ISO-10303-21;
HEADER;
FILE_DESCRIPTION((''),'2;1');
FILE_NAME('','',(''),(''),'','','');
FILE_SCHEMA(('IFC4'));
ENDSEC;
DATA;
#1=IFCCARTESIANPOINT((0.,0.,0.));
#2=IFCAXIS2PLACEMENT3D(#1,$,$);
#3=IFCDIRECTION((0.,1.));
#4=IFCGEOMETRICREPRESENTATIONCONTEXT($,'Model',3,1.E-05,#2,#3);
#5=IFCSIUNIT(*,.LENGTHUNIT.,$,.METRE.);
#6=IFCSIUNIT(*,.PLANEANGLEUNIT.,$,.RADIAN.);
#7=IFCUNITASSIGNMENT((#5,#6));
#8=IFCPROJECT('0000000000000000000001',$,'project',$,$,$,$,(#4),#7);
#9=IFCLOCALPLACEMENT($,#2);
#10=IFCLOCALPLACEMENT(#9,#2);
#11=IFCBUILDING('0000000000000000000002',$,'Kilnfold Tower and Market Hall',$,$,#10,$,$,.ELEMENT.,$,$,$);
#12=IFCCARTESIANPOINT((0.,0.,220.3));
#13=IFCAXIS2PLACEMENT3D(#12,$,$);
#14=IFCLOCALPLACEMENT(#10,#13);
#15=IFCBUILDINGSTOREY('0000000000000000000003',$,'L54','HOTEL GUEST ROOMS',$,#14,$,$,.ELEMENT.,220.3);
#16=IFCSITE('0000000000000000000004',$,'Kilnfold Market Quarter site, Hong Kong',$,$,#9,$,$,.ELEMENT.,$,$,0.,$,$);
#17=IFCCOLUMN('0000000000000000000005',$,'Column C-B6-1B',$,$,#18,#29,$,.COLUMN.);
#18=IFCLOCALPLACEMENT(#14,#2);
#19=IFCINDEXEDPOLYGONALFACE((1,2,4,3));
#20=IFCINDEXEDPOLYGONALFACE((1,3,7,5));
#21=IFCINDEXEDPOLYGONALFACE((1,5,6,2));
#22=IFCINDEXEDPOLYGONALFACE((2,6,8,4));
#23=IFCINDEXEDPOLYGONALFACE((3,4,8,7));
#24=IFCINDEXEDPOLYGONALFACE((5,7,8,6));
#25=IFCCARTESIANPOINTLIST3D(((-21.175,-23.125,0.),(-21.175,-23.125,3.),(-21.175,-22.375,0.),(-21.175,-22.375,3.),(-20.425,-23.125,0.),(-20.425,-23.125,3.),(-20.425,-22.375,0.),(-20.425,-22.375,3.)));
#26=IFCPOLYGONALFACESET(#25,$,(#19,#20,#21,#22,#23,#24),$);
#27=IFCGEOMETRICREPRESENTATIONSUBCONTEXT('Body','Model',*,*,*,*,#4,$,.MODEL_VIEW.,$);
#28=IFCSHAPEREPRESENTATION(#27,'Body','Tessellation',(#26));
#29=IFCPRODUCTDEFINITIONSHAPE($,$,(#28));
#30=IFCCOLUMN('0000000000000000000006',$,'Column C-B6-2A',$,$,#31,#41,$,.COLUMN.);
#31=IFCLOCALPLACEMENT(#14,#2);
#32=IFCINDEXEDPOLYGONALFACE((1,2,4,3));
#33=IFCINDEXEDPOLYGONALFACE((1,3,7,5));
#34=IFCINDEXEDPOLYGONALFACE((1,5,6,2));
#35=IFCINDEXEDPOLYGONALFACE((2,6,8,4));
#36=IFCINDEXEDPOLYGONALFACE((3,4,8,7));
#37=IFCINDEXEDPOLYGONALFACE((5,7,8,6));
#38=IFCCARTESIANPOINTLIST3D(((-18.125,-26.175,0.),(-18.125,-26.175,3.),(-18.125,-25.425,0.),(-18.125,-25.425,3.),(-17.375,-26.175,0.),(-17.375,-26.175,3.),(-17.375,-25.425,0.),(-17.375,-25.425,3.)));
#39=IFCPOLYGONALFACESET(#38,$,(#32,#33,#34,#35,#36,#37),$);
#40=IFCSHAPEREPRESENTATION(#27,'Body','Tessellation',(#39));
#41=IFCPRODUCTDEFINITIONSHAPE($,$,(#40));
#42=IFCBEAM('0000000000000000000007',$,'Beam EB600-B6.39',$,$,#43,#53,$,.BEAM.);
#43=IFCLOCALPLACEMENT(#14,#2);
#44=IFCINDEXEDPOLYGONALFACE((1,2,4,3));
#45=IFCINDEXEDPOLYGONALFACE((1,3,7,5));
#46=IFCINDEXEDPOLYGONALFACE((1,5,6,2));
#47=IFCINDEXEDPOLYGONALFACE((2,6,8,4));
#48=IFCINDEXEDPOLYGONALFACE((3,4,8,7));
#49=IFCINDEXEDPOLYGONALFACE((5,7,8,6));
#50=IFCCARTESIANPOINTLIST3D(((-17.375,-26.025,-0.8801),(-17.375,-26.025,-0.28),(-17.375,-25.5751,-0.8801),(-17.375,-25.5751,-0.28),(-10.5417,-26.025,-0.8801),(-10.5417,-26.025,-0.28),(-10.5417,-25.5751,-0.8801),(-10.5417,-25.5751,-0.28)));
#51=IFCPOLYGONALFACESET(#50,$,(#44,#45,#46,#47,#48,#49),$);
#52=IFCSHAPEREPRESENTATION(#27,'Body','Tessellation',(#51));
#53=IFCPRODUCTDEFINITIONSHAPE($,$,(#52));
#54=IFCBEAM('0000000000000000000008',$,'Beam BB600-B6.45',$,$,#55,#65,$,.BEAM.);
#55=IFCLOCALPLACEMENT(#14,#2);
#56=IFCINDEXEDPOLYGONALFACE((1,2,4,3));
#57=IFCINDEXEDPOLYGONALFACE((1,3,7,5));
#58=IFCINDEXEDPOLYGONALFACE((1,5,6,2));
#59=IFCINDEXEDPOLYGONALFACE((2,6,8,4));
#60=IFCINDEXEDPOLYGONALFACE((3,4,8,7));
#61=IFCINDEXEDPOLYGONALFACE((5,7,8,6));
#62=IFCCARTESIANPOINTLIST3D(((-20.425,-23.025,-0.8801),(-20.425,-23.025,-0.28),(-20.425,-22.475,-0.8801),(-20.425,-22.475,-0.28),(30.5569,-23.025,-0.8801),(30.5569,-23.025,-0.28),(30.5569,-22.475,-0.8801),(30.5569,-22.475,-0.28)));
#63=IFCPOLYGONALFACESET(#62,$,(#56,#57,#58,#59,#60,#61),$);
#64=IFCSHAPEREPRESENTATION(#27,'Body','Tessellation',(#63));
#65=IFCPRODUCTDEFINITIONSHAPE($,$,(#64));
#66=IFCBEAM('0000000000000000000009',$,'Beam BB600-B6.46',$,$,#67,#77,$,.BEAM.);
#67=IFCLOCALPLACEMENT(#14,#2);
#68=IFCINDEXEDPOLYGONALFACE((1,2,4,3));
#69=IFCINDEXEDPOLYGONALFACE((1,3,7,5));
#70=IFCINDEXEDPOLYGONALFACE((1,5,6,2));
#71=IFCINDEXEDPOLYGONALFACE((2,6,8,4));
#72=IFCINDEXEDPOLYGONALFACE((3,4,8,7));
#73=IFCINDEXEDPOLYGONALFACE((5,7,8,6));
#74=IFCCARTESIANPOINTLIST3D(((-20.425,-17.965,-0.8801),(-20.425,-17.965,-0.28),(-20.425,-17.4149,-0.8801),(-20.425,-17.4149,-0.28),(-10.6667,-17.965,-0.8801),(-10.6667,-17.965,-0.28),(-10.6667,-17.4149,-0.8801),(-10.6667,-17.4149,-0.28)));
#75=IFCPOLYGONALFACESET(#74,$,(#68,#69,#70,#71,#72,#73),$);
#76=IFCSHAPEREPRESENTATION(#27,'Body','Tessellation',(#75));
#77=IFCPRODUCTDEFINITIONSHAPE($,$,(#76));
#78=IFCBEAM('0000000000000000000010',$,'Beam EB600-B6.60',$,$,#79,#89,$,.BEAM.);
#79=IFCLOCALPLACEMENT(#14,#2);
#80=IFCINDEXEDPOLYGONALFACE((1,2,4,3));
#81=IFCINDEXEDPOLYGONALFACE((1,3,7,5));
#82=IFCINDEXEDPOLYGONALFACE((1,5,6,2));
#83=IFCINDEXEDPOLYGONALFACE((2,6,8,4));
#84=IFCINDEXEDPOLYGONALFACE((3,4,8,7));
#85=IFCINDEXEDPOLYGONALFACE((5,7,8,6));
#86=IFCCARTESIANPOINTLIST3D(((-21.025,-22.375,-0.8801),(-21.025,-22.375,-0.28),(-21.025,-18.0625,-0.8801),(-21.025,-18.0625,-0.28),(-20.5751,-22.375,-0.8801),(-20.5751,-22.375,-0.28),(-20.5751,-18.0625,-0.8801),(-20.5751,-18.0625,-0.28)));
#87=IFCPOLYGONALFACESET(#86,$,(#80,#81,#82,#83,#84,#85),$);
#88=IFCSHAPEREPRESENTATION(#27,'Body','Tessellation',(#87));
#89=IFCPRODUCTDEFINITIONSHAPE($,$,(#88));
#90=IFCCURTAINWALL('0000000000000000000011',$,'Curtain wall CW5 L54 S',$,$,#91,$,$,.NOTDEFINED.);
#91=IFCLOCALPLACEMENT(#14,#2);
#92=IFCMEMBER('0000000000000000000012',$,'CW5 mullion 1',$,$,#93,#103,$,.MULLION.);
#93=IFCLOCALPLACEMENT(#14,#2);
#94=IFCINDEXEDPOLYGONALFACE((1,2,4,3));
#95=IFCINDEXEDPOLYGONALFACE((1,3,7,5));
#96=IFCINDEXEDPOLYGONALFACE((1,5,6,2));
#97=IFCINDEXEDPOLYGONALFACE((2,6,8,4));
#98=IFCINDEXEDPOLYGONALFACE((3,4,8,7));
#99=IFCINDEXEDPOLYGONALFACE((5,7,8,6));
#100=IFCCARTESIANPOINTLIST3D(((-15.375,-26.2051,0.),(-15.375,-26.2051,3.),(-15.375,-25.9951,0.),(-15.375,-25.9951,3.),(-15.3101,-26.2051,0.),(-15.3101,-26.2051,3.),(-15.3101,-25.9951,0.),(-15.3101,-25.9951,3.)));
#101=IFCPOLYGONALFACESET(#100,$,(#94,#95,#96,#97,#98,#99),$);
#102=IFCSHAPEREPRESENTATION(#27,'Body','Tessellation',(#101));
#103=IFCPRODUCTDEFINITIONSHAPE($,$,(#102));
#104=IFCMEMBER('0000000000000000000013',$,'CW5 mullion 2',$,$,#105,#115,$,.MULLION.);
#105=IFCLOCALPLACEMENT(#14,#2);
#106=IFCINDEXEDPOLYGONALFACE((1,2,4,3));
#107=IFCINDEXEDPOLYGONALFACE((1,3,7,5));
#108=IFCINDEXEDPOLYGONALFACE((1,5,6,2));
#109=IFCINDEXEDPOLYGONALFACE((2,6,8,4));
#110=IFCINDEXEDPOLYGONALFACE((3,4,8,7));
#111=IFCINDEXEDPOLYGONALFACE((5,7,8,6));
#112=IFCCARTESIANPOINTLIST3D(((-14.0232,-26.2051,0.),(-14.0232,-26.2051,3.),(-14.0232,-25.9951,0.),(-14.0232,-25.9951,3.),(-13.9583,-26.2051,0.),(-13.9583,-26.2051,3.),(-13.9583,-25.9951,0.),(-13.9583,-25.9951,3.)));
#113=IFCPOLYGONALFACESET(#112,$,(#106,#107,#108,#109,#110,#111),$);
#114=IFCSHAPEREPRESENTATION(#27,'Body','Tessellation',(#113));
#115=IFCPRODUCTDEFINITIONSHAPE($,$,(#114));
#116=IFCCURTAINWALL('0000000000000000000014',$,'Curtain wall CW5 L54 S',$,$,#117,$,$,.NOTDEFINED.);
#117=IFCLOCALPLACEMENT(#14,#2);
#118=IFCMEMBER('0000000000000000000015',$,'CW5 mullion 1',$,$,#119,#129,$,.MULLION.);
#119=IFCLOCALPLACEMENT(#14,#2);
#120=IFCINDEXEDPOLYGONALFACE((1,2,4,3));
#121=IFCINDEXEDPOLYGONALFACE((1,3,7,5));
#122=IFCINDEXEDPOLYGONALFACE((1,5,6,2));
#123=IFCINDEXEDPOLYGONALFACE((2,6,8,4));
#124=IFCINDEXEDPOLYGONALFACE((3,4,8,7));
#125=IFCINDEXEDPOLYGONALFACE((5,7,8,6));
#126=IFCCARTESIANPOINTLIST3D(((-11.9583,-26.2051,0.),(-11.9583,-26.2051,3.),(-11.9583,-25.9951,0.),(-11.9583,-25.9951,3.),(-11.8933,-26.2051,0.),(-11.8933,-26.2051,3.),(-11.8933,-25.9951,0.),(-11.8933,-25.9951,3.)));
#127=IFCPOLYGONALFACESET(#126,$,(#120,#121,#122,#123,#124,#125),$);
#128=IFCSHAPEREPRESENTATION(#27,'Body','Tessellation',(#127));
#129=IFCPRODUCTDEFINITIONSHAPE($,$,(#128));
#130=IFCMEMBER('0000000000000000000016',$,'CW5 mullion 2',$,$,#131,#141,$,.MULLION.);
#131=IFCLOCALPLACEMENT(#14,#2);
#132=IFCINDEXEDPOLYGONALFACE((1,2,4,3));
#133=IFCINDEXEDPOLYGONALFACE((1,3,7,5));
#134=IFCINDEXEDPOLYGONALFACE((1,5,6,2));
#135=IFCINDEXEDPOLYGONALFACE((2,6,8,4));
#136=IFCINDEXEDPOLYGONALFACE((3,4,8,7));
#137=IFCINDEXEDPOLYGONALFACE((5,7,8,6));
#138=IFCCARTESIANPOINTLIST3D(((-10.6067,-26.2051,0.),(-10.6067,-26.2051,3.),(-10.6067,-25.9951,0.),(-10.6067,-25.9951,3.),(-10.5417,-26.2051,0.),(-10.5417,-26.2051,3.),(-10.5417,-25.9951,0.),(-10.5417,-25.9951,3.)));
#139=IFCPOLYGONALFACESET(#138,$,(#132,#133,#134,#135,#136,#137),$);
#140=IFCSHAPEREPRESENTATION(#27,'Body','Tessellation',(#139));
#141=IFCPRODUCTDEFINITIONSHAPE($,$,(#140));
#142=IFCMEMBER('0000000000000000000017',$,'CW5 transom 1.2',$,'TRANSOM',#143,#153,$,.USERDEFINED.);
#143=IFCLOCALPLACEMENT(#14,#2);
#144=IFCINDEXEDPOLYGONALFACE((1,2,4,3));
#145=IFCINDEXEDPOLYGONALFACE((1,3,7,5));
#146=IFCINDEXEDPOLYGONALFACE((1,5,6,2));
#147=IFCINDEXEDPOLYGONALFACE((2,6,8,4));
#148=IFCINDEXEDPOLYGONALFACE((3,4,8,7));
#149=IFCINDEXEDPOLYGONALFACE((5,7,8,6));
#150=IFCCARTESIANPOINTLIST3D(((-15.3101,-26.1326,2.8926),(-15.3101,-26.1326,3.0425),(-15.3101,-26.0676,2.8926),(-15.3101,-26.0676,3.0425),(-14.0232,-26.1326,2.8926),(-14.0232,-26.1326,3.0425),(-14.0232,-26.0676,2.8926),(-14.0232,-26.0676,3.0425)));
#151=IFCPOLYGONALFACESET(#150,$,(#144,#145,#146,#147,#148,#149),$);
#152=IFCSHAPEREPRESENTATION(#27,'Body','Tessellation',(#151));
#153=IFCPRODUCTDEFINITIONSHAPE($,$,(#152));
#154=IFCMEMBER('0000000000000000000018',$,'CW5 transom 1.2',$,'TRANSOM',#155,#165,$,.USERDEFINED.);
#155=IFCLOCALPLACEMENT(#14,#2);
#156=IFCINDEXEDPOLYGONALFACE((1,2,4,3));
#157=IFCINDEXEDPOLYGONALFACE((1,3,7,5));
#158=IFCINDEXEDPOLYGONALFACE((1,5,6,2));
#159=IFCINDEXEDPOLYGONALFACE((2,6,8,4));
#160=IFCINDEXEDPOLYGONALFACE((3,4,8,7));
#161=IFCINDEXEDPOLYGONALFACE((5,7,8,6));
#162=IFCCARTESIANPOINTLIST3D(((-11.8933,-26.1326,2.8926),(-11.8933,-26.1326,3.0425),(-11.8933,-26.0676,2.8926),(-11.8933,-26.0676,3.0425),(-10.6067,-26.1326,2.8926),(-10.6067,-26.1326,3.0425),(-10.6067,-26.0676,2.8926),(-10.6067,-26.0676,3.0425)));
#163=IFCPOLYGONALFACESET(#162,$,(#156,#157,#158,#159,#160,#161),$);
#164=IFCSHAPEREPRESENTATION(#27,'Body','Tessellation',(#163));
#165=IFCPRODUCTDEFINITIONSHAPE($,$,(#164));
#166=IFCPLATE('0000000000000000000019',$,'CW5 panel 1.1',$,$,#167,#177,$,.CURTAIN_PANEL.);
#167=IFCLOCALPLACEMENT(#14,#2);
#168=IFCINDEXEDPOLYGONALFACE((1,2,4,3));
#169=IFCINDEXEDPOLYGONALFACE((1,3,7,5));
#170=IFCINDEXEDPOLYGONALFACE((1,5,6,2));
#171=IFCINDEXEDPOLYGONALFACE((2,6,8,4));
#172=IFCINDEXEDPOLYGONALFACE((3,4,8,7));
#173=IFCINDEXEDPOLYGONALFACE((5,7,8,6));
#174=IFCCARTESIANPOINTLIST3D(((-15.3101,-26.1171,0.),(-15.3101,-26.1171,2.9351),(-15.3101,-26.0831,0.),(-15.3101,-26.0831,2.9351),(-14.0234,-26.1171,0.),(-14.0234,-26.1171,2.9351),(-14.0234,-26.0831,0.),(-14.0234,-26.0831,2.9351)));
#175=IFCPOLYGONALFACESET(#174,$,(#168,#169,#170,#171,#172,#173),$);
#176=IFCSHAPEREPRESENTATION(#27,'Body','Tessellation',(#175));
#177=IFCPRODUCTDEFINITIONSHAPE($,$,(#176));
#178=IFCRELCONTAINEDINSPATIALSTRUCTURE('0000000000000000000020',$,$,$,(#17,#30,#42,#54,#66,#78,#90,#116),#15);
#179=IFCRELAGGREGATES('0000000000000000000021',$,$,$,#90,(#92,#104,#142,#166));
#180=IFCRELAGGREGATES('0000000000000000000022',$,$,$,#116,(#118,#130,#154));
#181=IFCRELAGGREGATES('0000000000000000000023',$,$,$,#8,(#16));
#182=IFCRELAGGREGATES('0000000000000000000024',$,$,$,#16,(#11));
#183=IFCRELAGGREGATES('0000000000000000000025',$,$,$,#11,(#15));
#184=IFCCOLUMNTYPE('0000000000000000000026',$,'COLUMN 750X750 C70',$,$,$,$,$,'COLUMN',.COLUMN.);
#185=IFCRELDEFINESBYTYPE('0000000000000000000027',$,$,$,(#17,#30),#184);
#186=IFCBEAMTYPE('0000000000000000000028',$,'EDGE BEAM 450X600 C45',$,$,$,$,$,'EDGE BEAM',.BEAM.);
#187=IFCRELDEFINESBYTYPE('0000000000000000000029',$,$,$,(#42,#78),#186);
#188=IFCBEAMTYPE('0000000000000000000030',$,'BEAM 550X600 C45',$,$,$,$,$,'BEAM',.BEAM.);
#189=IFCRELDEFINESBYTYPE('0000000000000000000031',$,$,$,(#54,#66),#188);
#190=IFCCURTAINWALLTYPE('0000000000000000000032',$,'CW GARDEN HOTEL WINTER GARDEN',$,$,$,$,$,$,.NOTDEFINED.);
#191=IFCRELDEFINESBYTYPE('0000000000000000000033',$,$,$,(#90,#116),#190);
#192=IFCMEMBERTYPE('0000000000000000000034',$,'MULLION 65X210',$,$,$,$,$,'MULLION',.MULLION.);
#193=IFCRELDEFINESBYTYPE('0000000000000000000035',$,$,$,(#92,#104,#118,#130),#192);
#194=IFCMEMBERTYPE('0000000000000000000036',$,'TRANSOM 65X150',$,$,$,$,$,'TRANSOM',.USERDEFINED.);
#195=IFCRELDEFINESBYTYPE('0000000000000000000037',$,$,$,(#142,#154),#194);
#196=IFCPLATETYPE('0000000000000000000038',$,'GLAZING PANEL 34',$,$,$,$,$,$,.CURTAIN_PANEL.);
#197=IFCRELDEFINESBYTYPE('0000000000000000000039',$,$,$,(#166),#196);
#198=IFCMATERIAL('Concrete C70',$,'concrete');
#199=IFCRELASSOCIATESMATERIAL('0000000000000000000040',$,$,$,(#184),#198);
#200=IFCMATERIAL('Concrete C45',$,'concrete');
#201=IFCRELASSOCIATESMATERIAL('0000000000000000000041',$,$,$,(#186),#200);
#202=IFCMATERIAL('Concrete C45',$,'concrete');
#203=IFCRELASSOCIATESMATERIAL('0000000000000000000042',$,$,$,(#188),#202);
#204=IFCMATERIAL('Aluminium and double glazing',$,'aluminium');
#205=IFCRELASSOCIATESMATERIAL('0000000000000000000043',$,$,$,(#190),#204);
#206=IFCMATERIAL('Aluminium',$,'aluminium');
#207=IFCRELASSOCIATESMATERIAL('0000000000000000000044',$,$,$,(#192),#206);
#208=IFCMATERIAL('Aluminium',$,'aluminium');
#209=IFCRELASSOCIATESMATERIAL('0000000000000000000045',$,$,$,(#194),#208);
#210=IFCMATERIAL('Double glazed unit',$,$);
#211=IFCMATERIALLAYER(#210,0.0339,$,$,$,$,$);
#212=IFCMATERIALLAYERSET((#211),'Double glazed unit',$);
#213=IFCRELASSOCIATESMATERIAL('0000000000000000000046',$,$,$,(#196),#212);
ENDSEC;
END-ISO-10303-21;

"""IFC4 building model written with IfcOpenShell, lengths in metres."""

from ifc_helpers import new_model, si_unit, direction, frame, origin, origin_2d, place, context, subcontext, project, spatial, rectangle, extrude, source, transform, mapped, material, layer, layer_set, material_profile, profile_set, type_object, element, aggregate, save


model = new_model("IFC4")

# Units and contexts
model_context = context("Model", 3, precision=1e-05, world=origin(), true_north=direction((0.0, 1.0)))
body_context = subcontext(model_context, "Body", "Model", "MODEL_VIEW")
ifc_project = project(units=[si_unit("LENGTHUNIT", "METRE"), si_unit("PLANEANGLEUNIT", "RADIAN")], contexts=[model_context])

# Site, building, storey
site_placement = place(None, origin())
site = spatial("IfcSite", under=ifc_project, at=site_placement, Name="Kilnfold Market Quarter site, Hong Kong", CompositionType="ELEMENT", RefElevation=0.0)
building_placement = place(site_placement, origin())
building = spatial("IfcBuilding", under=site, at=building_placement, Name="Kilnfold Tower and Market Hall", CompositionType="ELEMENT")
storey_placement = place(building_placement, frame((0.0, 0.0, 220.3)))
storey = spatial("IfcBuildingStorey", under=building, at=storey_placement, Name="L54", Description="HOTEL GUEST ROOMS", CompositionType="ELEMENT", Elevation=220.3)

# Columns
ifc_material_1 = material(Name="Concrete C70", Category="concrete")
ifc_material_profile_1 = material_profile(ifc_material_1, rectangle(XDim=0.75, YDim=0.75, at=origin_2d()), Name="RC 750x750")
ifc_profile_set_1 = profile_set([ifc_material_profile_1], Name="Concrete C70")
column_type = type_object("IfcColumnType", Name="COLUMN 750X750 C70", ElementType="COLUMN", PredefinedType="COLUMN", material=ifc_profile_set_1)
shared_shape_1 = source(origin(), body_context, "Body", "SweptSolid", [
    extrude(rectangle(XDim=0.75, YDim=0.75, at=origin_2d()), origin(), (0.0, 0.0, 1.0), 3.0),
])
for number, where, z_axis, x_axis, name in (
    (1, (-20.8, -22.75, 0.0), (0.0, 0.0, 1.0), (1.0, 0.0, 0.0), "Column C-B6-1B"),
    (2, (-17.75, -25.8, 0.0), (0.0, 0.0, 1.0), (1.0, 0.0, 0.0), "Column C-B6-2A"),
):
    element("IfcColumn", number, at=place(storey_placement, frame(where, z_axis=z_axis, x_axis=x_axis)), inside=storey, type_object=column_type, Name=name, PredefinedType="COLUMN", context=body_context, shape_type="MappedRepresentation", body=[
        mapped(shared_shape_1, transform((0.0, 0.0, 0.0))),
    ])

# Beams
ifc_material_2 = material(Name="Concrete C45", Category="concrete")
ifc_material_profile_2 = material_profile(ifc_material_2, rectangle(XDim=0.45, YDim=0.6001, at=origin_2d()), Name="RC 450x600")
ifc_profile_set_2 = profile_set([ifc_material_profile_2], Name="Concrete C45")
beam_type_1 = type_object("IfcBeamType", Name="EDGE BEAM 450X600 C45", ElementType="EDGE BEAM", PredefinedType="BEAM", material=ifc_profile_set_2)
shared_shape_2 = source(origin(), body_context, "Body", "SweptSolid", [
    extrude(rectangle(XDim=0.45, YDim=0.6001, at=origin_2d()), origin(), (0.0, 0.0, 1.0), 6.8333),
])
beam_1_placement = place(storey_placement, frame((-17.375, -25.8, -0.5801), z_axis=(1.0, 0.0, 0.0), x_axis=(0.0, 1.0, 0.0)))
element("IfcBeam", 3, at=beam_1_placement, inside=storey, type_object=beam_type_1, Name="Beam EB600-B6.39", PredefinedType="BEAM", context=body_context, shape_type="MappedRepresentation", body=[
    mapped(shared_shape_2, transform((0.0, 0.0, 0.0))),
])
ifc_material_3 = material(Name="Concrete C45", Category="concrete")
ifc_material_profile_3 = material_profile(ifc_material_3, rectangle(XDim=0.55, YDim=0.6001, at=origin_2d()), Name="RC 550x600")
ifc_profile_set_3 = profile_set([ifc_material_profile_3], Name="Concrete C45")
beam_type_2 = type_object("IfcBeamType", Name="BEAM 550X600 C45", ElementType="BEAM", PredefinedType="BEAM", material=ifc_profile_set_3)
shared_shape_3 = source(origin(), body_context, "Body", "SweptSolid", [
    extrude(rectangle(XDim=0.55, YDim=0.6001, at=origin_2d()), origin(), (0.0, 0.0, 1.0), 50.9819),
])
beam_2_placement = place(storey_placement, frame((-20.425, -22.75, -0.5801), z_axis=(1.0, 0.0, 0.0), x_axis=(0.0, 1.0, 0.0)))
element("IfcBeam", 4, at=beam_2_placement, inside=storey, type_object=beam_type_2, Name="Beam BB600-B6.45", PredefinedType="BEAM", context=body_context, shape_type="MappedRepresentation", body=[
    mapped(shared_shape_3, transform((0.0, 0.0, 0.0))),
])
shared_shape_4 = source(origin(), body_context, "Body", "SweptSolid", [
    extrude(rectangle(XDim=0.55, YDim=0.6001, at=origin_2d()), origin(), (0.0, 0.0, 1.0), 9.7583),
])
beam_3_placement = place(storey_placement, frame((-20.425, -17.6899, -0.5801), z_axis=(1.0, 0.0, 0.0), x_axis=(0.0, 1.0, 0.0)))
element("IfcBeam", 5, at=beam_3_placement, inside=storey, type_object=beam_type_2, Name="Beam BB600-B6.46", PredefinedType="BEAM", context=body_context, shape_type="MappedRepresentation", body=[
    mapped(shared_shape_4, transform((0.0, 0.0, 0.0))),
])
shared_shape_5 = source(origin(), body_context, "Body", "SweptSolid", [
    extrude(rectangle(XDim=0.45, YDim=0.6001, at=origin_2d()), origin(), (0.0, 0.0, 1.0), 4.3125),
])
beam_4_placement = place(storey_placement, frame((-20.8, -22.375, -0.5801), z_axis=(0.0, 1.0, 0.0), x_axis=(-1.0, 0.0, 0.0)))
element("IfcBeam", 6, at=beam_4_placement, inside=storey, type_object=beam_type_1, Name="Beam EB600-B6.60", PredefinedType="BEAM", context=body_context, shape_type="MappedRepresentation", body=[
    mapped(shared_shape_5, transform((0.0, 0.0, 0.0))),
])

# Curtain walls, members
ifc_material_4 = material(Name="Aluminium and double glazing", Category="aluminium")
curtain_wall_type = type_object("IfcCurtainWallType", Name="CW GARDEN HOTEL WINTER GARDEN", PredefinedType="NOTDEFINED", material=ifc_material_4)
curtain_wall_1_placement = place(storey_placement, origin())
curtain_wall_1 = element("IfcCurtainWall", 7, at=curtain_wall_1_placement, inside=storey, type_object=curtain_wall_type, Name="Curtain wall CW5 L54 S", PredefinedType="NOTDEFINED")
ifc_material_5 = material(Name="Aluminium", Category="aluminium")
ifc_material_profile_4 = material_profile(ifc_material_5, rectangle(XDim=0.0649, YDim=0.21, at=origin_2d()), Name="MULLION 65x210")
ifc_profile_set_4 = profile_set([ifc_material_profile_4], Name="Aluminium")
member_type_1 = type_object("IfcMemberType", Name="MULLION 65X210", ElementType="MULLION", PredefinedType="MULLION", material=ifc_profile_set_4)
shared_shape_6 = source(origin(), body_context, "Body", "SweptSolid", [
    extrude(rectangle(XDim=0.0649, YDim=0.21, at=origin_2d()), origin(), (0.0, 0.0, 1.0), 3.0),
])
member_1_placement = place(storey_placement, frame((-15.3425, -26.1001, 0.0), z_axis=(0.0, 0.0, 1.0), x_axis=(1.0, 0.0, 0.0)))
member_1 = element("IfcMember", 8, at=member_1_placement, type_object=member_type_1, Name="CW5 mullion 1", PredefinedType="MULLION", context=body_context, shape_type="MappedRepresentation", body=[
    mapped(shared_shape_6, transform((0.0, 0.0, 0.0))),
])
member_2_placement = place(storey_placement, frame((-13.9907, -26.1001, 0.0), z_axis=(0.0, 0.0, 1.0), x_axis=(1.0, 0.0, 0.0)))
member_2 = element("IfcMember", 9, at=member_2_placement, type_object=member_type_1, Name="CW5 mullion 2", PredefinedType="MULLION", context=body_context, shape_type="MappedRepresentation", body=[
    mapped(shared_shape_6, transform((0.0, 0.0, 0.0))),
])
curtain_wall_2_placement = place(storey_placement, origin())
curtain_wall_2 = element("IfcCurtainWall", 10, at=curtain_wall_2_placement, inside=storey, type_object=curtain_wall_type, Name="Curtain wall CW5 L54 S", PredefinedType="NOTDEFINED")
member_3_placement = place(storey_placement, frame((-11.9258, -26.1001, 0.0), z_axis=(0.0, 0.0, 1.0), x_axis=(1.0, 0.0, 0.0)))
member_3 = element("IfcMember", 11, at=member_3_placement, type_object=member_type_1, Name="CW5 mullion 1", PredefinedType="MULLION", context=body_context, shape_type="MappedRepresentation", body=[
    mapped(shared_shape_6, transform((0.0, 0.0, 0.0))),
])
member_4_placement = place(storey_placement, frame((-10.5742, -26.1001, 0.0), z_axis=(0.0, 0.0, 1.0), x_axis=(1.0, 0.0, 0.0)))
member_4 = element("IfcMember", 12, at=member_4_placement, type_object=member_type_1, Name="CW5 mullion 2", PredefinedType="MULLION", context=body_context, shape_type="MappedRepresentation", body=[
    mapped(shared_shape_6, transform((0.0, 0.0, 0.0))),
])

# Members
ifc_material_6 = material(Name="Aluminium", Category="aluminium")
ifc_material_profile_5 = material_profile(ifc_material_6, rectangle(XDim=0.0649, YDim=0.1499, at=origin_2d()), Name="TRANSOM 65x150")
ifc_profile_set_5 = profile_set([ifc_material_profile_5], Name="Aluminium")
member_type_2 = type_object("IfcMemberType", Name="TRANSOM 65X150", ElementType="TRANSOM", PredefinedType="USERDEFINED", material=ifc_profile_set_5)
shared_shape_7 = source(origin(), body_context, "Body", "SweptSolid", [
    extrude(rectangle(XDim=0.0649, YDim=0.1499, at=origin_2d()), origin(), (0.0, 0.0, 1.0), 1.2869),
])
member_5_placement = place(storey_placement, frame((-15.3101, -26.1001, 2.9675), z_axis=(1.0, 0.0, 0.0), x_axis=(0.0, 1.0, 0.0)))
member_5 = element("IfcMember", 13, at=member_5_placement, type_object=member_type_2, Name="CW5 transom 1.2", ObjectType="TRANSOM", PredefinedType="USERDEFINED", context=body_context, shape_type="MappedRepresentation", body=[
    mapped(shared_shape_7, transform((0.0, 0.0, 0.0))),
])
shared_shape_8 = source(origin(), body_context, "Body", "SweptSolid", [
    extrude(rectangle(XDim=0.0649, YDim=0.1499, at=origin_2d()), origin(), (0.0, 0.0, 1.0), 1.2866),
])
member_6_placement = place(storey_placement, frame((-11.8933, -26.1001, 2.9675), z_axis=(1.0, 0.0, 0.0), x_axis=(0.0, 1.0, 0.0)))
member_6 = element("IfcMember", 14, at=member_6_placement, type_object=member_type_2, Name="CW5 transom 1.2", ObjectType="TRANSOM", PredefinedType="USERDEFINED", context=body_context, shape_type="MappedRepresentation", body=[
    mapped(shared_shape_8, transform((0.0, 0.0, 0.0))),
])

# Plate
ifc_material_7 = material(Name="Double glazed unit")
ifc_layer_1 = layer(ifc_material_7, 0.0339)
ifc_layer_set_1 = layer_set([ifc_layer_1], Name="Double glazed unit")
plate_type = type_object("IfcPlateType", Name="GLAZING PANEL 34", PredefinedType="CURTAIN_PANEL", material=ifc_layer_set_1)
shared_shape_9 = source(origin(), body_context, "Body", "SweptSolid", [
    extrude(rectangle(XDim=1.2866, YDim=0.0339, at=origin_2d()), origin(), (0.0, 0.0, 1.0), 2.9351),
])
plate_1_placement = place(storey_placement, frame((-14.6667, -26.1001, 0.0), z_axis=(0.0, 0.0, 1.0), x_axis=(1.0, 0.0, 0.0)))
plate_1 = element("IfcPlate", 15, at=plate_1_placement, type_object=plate_type, Name="CW5 panel 1.1", PredefinedType="CURTAIN_PANEL", context=body_context, shape_type="MappedRepresentation", body=[
    mapped(shared_shape_9, transform((0.0, 0.0, 0.0))),
])
aggregate(curtain_wall_1, [member_1, member_2, member_5, plate_1])
aggregate(curtain_wall_2, [member_3, member_4, member_6])

save(model, "model.ifc")
